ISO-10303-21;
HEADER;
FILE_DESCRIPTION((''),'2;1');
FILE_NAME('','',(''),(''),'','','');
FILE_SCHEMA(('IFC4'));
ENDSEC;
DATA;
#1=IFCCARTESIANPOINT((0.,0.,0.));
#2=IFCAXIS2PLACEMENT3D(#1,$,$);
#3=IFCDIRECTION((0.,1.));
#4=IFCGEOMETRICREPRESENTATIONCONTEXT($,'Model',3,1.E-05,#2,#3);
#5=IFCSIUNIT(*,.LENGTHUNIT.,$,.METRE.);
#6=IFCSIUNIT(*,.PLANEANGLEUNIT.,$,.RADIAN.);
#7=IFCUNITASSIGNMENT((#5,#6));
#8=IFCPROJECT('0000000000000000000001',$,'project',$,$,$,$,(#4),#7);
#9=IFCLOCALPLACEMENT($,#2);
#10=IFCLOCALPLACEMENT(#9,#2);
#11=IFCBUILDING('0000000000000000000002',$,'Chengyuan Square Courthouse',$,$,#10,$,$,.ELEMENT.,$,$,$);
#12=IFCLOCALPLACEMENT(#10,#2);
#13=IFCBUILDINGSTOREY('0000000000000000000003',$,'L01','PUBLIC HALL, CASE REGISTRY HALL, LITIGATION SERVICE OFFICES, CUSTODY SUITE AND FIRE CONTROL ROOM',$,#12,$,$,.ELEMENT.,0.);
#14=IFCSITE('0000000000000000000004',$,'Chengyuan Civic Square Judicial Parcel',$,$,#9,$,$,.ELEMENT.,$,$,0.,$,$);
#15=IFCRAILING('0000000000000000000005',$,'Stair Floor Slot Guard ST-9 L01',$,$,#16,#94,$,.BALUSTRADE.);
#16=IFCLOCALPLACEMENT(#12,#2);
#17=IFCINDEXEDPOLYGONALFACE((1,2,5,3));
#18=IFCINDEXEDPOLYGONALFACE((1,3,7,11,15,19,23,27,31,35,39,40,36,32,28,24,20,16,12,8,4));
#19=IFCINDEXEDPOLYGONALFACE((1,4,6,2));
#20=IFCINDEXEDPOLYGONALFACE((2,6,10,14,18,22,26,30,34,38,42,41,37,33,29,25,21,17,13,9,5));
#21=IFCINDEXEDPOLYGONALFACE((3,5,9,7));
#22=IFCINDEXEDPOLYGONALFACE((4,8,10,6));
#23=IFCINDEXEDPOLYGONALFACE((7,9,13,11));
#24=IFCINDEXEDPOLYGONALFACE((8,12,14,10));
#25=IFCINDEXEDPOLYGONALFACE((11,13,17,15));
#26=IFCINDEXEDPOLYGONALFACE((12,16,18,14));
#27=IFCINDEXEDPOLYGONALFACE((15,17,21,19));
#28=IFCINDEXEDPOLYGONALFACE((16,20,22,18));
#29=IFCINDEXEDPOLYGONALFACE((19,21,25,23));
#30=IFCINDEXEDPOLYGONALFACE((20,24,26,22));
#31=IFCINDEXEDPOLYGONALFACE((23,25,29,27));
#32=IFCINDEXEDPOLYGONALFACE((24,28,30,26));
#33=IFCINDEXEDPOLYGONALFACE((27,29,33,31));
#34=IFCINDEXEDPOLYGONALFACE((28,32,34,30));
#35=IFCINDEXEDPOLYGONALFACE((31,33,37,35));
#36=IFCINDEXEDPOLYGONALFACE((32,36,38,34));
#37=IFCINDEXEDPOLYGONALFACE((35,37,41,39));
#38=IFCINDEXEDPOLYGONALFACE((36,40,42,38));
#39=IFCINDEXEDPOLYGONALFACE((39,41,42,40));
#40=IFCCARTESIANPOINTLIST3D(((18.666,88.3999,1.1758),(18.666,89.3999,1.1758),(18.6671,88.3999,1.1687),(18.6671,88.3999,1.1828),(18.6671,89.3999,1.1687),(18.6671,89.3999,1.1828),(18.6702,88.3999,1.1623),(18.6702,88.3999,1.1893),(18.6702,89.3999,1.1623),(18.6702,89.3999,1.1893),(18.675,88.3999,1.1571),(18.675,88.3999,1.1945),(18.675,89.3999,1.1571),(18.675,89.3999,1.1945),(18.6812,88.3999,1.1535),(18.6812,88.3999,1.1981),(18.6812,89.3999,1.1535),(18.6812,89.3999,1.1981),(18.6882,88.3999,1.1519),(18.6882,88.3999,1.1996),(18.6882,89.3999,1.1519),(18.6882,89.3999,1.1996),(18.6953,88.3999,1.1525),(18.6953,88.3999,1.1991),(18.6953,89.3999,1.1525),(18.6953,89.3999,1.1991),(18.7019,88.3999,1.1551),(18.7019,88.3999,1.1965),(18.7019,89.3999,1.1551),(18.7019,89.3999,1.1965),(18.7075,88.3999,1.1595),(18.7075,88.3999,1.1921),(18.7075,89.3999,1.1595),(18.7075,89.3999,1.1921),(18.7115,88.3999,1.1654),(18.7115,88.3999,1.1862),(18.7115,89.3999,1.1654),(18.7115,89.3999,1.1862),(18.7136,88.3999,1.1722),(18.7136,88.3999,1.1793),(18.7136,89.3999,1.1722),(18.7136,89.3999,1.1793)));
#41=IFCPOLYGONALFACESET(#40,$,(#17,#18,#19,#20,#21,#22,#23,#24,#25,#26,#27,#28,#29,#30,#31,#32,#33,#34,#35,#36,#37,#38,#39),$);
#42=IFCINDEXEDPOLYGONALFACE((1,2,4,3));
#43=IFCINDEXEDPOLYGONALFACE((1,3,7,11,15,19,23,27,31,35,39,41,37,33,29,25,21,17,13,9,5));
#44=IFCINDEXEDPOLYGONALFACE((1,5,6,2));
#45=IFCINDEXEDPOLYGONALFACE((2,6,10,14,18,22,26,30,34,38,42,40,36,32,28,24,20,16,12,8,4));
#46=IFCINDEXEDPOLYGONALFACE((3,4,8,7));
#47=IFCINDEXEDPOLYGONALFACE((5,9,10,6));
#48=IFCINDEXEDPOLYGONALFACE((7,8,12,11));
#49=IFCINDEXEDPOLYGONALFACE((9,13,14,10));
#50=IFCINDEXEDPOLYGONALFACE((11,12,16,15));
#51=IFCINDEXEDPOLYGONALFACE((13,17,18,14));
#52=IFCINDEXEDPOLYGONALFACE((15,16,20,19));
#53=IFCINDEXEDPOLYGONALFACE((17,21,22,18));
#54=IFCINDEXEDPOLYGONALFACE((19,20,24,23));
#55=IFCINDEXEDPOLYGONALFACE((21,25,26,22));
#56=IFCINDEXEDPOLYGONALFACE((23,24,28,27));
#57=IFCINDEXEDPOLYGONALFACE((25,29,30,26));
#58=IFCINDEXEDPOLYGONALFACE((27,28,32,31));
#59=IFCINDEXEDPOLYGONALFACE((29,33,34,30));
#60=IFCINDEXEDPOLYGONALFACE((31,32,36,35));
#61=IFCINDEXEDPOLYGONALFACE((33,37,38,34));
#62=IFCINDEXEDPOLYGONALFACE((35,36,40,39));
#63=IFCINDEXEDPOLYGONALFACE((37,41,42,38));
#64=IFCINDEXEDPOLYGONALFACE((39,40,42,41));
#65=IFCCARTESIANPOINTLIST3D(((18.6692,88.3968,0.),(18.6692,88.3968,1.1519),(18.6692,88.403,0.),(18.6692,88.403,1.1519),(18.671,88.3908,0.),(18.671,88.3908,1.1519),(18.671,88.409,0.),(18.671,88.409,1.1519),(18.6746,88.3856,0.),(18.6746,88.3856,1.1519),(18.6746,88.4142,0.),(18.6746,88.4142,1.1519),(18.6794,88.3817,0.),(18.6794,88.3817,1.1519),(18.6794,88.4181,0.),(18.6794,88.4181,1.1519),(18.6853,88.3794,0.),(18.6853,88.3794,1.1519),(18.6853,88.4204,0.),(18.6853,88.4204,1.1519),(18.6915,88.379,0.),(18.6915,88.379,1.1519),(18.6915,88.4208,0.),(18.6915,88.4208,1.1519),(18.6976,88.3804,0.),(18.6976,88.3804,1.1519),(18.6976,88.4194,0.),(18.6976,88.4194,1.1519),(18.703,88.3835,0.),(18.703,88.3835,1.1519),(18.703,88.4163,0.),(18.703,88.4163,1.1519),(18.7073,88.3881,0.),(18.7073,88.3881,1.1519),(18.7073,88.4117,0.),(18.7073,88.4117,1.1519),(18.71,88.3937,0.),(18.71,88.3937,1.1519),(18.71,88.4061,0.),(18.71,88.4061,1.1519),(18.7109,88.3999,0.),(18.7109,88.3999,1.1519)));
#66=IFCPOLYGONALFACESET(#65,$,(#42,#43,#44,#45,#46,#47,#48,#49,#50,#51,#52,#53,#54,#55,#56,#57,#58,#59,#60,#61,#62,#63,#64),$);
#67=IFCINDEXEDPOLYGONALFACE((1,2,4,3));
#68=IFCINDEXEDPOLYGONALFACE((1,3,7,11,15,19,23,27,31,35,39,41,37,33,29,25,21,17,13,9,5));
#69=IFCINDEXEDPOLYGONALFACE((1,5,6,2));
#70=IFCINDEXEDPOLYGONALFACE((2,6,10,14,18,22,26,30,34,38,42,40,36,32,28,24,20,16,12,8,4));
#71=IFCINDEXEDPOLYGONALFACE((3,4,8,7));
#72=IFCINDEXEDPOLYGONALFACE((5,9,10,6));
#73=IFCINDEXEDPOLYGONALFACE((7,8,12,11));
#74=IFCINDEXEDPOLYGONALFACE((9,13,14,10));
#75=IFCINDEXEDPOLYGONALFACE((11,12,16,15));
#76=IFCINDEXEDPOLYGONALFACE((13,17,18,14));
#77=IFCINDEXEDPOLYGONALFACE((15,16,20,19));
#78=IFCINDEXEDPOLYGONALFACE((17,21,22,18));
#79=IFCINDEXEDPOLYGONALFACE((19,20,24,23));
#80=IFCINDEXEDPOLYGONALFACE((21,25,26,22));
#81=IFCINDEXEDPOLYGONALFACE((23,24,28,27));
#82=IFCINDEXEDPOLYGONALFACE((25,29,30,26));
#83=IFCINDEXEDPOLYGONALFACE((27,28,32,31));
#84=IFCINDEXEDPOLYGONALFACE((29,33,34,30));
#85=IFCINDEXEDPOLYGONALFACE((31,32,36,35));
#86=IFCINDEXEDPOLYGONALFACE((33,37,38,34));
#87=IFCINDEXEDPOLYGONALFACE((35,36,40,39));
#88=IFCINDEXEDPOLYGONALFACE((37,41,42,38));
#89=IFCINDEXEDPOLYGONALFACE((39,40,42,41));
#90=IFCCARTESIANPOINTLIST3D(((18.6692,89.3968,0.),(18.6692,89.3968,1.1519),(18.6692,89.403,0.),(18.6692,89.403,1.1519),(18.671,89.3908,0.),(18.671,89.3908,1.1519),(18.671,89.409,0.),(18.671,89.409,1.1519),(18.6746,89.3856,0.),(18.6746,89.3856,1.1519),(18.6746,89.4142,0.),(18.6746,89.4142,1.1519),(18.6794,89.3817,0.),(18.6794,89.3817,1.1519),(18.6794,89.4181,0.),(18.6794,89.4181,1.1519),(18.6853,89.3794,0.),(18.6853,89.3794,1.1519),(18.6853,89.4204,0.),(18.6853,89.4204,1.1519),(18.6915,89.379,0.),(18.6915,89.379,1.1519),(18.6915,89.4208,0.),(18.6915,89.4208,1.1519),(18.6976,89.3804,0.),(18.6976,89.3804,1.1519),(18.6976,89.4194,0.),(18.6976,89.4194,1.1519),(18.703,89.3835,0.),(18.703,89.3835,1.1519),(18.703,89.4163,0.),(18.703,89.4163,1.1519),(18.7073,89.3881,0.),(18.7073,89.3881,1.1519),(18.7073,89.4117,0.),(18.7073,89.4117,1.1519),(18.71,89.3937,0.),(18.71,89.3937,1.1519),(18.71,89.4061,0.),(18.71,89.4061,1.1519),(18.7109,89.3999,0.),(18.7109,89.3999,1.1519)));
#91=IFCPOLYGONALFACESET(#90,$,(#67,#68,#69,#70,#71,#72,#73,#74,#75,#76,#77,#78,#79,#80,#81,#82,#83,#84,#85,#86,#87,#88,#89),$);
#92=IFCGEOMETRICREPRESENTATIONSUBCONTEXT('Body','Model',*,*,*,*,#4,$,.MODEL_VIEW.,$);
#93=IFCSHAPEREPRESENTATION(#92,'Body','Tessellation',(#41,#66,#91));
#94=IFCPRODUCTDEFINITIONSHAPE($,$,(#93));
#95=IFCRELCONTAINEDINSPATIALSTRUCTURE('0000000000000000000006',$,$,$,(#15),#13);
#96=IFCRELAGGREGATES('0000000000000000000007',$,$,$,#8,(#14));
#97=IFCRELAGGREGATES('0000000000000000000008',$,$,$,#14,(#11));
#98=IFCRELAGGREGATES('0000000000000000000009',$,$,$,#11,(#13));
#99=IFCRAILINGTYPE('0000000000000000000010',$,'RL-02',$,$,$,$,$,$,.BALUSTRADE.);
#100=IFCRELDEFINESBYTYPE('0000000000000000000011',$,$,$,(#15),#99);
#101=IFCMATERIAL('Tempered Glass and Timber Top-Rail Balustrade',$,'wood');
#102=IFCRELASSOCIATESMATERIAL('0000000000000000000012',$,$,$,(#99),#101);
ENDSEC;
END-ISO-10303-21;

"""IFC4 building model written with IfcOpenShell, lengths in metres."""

from ifc_helpers import new_model, si_unit, direction, frame, origin, origin_2d, place, context, subcontext, project, spatial, circle, extrude, material, type_object, element, save


model = new_model("IFC4")

# Units and contexts
model_context = context("Model", 3, precision=1e-05, world=origin(), true_north=direction((0.0, 1.0)))
body_context = subcontext(model_context, "Body", "Model", "MODEL_VIEW")
ifc_project = project(units=[si_unit("LENGTHUNIT", "METRE"), si_unit("PLANEANGLEUNIT", "RADIAN")], contexts=[model_context])

# Site, building, storey
site_placement = place(None, origin())
site = spatial("IfcSite", under=ifc_project, at=site_placement, Name="Chengyuan Civic Square Judicial Parcel", CompositionType="ELEMENT", RefElevation=0.0)
building_placement = place(site_placement, origin())
building = spatial("IfcBuilding", under=site, at=building_placement, Name="Chengyuan Square Courthouse", CompositionType="ELEMENT")
storey_placement = place(building_placement, origin())
storey = spatial("IfcBuildingStorey", under=building, at=storey_placement, Name="L01", Description="PUBLIC HALL, CASE REGISTRY HALL, LITIGATION SERVICE OFFICES, CUSTODY SUITE AND FIRE CONTROL ROOM", CompositionType="ELEMENT", Elevation=0.0)

# Railing
ifc_material_1 = material(Name="Tempered Glass and Timber Top-Rail Balustrade", Category="wood")
railing_type_1 = type_object("IfcRailingType", Name="RL-02", PredefinedType="BALUSTRADE", material=ifc_material_1)
railing_1_placement = place(storey_placement, frame((18.6899, 88.3999, 0.0)))
element("IfcRailing", 1, at=railing_1_placement, inside=storey, type_object=railing_type_1, Name="Stair Floor Slot Guard ST-9 L01", PredefinedType="BALUSTRADE", context=body_context, shape_type="SweptSolid", body=[
    extrude(circle(Radius=0.0239, at=origin_2d()), frame((0.0, 0.0, 1.1758), z_axis=(0.0, 1.0, 0.0), x_axis=(-1.0, 0.0, 0.0)), (0.0, 0.0, 1.0), 1.0),
    extrude(circle(Radius=0.021, at=origin_2d()), origin(), (0.0, 0.0, 1.0), 1.1519),
    extrude(circle(Radius=0.021, at=origin_2d()), frame((0.0, 1.0, 0.0)), (0.0, 0.0, 1.0), 1.1519),
])

save(model, "model.ifc")
